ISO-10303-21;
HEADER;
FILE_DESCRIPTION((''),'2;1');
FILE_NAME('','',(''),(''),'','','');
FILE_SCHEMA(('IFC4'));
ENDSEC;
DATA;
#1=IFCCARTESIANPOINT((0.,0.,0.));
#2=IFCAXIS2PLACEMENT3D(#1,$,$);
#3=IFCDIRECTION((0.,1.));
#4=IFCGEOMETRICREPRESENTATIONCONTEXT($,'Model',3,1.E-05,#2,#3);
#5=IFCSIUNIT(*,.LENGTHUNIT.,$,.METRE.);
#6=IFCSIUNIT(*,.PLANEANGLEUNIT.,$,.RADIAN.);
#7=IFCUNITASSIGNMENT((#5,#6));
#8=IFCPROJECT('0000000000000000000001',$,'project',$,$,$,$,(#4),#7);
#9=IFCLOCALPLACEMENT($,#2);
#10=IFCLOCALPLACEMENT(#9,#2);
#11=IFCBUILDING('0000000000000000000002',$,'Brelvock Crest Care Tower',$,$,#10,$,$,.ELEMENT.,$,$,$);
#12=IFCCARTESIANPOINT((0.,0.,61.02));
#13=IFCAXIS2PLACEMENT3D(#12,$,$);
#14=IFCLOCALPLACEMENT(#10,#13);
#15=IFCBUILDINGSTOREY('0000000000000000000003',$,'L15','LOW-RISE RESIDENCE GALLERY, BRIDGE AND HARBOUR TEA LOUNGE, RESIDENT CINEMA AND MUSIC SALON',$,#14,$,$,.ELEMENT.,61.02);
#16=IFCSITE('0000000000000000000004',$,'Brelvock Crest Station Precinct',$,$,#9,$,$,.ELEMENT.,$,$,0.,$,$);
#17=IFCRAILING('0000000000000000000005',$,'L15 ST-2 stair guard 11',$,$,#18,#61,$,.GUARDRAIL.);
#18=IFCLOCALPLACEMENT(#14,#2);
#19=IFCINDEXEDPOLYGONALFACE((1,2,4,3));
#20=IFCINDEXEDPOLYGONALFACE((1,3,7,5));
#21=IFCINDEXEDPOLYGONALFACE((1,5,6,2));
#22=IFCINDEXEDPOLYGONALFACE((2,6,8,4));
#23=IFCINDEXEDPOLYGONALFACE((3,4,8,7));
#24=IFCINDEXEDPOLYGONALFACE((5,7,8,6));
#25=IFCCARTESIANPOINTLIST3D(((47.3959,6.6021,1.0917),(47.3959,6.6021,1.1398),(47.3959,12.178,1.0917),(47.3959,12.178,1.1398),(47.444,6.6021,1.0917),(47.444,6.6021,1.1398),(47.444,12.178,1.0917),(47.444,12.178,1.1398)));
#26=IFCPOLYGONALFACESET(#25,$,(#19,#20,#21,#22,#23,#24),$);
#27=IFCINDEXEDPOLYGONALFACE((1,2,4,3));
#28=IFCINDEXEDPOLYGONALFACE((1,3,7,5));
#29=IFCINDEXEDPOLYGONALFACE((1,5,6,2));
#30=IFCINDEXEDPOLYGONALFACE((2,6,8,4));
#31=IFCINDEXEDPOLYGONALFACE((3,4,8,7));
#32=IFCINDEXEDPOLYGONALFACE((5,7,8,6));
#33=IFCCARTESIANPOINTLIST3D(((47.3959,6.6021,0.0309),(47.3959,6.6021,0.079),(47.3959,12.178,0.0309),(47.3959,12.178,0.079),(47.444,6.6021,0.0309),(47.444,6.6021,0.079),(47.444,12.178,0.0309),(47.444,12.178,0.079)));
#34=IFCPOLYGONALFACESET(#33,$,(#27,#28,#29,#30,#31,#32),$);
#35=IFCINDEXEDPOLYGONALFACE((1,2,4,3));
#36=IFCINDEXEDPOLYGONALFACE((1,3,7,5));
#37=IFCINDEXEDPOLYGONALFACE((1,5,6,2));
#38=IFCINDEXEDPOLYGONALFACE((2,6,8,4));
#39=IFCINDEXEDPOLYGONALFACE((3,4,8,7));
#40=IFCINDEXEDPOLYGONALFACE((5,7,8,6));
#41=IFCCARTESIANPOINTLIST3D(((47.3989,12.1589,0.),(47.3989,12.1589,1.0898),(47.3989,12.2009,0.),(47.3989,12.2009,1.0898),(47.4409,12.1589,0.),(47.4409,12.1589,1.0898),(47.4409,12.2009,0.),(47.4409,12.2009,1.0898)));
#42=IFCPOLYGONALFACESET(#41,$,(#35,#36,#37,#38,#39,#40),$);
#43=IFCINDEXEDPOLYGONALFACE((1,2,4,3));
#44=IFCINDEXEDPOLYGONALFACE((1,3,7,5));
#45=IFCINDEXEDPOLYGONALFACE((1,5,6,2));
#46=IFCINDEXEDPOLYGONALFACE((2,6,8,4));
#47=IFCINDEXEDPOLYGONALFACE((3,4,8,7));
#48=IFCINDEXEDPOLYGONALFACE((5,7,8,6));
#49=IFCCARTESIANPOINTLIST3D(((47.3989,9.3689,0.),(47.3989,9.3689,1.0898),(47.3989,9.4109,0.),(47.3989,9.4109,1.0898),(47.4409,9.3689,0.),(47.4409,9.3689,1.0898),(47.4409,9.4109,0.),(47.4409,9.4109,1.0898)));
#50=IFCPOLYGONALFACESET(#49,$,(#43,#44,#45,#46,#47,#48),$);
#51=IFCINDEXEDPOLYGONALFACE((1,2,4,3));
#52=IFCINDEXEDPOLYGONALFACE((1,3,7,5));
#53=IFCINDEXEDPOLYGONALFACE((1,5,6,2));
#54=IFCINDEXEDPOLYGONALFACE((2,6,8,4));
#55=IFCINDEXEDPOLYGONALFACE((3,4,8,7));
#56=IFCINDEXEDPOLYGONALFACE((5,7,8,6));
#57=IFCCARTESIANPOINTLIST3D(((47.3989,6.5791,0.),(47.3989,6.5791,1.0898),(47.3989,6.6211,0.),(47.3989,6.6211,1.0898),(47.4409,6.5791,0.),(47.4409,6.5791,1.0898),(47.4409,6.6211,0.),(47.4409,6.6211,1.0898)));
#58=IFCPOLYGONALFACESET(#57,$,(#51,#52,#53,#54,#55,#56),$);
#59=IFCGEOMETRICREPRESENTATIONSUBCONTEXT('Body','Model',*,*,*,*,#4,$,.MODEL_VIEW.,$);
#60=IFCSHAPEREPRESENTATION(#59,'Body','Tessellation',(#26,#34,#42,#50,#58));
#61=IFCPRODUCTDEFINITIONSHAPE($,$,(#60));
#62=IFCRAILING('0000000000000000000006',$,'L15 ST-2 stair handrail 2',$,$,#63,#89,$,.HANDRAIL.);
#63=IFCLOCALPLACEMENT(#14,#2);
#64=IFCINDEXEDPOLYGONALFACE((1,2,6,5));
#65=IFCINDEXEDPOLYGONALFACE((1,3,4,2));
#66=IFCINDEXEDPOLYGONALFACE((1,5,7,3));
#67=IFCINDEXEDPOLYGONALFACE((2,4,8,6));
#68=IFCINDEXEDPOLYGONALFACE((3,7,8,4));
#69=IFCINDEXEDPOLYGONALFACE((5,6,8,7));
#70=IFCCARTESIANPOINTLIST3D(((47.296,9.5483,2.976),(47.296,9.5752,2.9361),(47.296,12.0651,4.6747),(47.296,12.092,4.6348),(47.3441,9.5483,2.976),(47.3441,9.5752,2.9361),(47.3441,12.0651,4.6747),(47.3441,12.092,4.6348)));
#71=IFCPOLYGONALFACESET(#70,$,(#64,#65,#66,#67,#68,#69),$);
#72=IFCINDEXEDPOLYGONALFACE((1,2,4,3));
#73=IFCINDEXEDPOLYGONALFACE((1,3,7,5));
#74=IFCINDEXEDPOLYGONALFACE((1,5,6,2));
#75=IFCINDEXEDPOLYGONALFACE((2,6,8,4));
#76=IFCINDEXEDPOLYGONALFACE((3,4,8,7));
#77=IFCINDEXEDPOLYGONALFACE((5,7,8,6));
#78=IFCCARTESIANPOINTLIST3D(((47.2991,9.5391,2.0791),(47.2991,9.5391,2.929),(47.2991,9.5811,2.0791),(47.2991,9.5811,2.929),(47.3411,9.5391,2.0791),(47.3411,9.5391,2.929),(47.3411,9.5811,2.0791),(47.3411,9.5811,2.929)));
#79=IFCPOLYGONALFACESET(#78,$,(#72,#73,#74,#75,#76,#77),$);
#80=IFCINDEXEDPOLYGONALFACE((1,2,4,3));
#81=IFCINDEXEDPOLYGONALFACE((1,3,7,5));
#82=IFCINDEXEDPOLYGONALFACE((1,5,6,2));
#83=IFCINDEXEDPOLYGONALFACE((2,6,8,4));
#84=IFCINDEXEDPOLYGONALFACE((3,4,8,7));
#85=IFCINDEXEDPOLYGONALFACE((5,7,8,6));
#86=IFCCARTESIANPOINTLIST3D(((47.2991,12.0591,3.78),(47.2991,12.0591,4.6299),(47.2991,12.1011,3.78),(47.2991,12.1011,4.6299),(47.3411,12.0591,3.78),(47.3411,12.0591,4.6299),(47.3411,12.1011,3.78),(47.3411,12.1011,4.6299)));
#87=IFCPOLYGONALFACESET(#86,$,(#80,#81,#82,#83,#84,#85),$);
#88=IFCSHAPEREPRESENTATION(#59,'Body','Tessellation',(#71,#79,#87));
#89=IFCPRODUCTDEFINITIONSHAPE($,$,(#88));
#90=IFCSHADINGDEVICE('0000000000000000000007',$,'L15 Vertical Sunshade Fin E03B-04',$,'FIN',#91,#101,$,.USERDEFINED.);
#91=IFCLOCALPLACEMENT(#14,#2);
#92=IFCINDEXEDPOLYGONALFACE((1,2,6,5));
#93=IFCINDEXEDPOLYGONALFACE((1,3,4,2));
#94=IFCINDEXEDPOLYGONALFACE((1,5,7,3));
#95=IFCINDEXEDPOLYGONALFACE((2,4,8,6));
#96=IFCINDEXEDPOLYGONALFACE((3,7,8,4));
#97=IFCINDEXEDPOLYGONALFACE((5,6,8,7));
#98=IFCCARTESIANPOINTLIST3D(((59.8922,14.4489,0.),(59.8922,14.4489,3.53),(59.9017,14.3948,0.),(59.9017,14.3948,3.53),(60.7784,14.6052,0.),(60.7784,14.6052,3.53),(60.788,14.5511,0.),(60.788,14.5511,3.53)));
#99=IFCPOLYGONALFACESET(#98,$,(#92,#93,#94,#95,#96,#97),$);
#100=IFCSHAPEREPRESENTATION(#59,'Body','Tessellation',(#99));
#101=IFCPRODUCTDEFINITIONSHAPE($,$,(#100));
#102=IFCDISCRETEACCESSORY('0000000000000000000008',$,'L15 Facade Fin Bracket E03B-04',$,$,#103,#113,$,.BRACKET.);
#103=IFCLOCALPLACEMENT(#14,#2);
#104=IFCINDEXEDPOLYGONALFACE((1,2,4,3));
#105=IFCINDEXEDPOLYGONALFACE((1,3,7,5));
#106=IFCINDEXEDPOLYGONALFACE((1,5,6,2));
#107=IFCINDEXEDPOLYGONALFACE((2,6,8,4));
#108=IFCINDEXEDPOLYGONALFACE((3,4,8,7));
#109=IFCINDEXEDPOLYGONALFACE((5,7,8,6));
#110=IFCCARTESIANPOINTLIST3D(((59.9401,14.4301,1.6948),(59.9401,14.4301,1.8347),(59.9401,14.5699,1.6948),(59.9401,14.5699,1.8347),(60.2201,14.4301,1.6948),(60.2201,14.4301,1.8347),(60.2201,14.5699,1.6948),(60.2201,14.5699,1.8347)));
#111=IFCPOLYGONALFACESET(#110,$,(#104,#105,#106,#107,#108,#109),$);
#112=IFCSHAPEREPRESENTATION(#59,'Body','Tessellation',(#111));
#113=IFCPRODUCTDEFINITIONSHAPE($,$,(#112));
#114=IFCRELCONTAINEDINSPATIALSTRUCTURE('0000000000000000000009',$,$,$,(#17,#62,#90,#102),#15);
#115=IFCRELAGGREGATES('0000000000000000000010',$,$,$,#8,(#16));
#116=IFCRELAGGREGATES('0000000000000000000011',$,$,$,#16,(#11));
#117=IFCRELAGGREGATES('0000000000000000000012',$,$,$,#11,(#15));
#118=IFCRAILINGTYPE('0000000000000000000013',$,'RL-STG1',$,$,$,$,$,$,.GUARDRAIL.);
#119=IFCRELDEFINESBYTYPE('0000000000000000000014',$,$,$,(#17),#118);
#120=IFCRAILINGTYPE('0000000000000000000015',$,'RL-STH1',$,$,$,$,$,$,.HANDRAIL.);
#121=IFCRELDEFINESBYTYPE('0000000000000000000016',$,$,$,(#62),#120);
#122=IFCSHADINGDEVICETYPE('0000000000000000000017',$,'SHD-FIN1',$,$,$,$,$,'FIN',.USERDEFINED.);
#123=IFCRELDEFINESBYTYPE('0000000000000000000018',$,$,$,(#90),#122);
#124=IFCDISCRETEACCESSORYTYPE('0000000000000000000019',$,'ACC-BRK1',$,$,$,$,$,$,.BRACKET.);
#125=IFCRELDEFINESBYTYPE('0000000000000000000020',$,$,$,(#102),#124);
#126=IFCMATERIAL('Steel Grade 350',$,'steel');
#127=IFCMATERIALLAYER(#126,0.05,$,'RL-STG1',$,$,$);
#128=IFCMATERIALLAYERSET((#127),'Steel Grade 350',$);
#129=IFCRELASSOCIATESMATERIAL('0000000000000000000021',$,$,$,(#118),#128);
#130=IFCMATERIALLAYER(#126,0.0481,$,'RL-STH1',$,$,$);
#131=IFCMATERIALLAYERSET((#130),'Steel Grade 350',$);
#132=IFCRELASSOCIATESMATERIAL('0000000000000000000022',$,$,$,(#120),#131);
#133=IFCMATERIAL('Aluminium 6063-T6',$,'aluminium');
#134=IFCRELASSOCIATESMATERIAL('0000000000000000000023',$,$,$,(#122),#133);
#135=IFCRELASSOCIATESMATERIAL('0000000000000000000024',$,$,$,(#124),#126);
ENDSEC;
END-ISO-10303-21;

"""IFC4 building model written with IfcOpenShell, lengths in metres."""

from ifc_helpers import new_model, si_unit, direction, frame, origin, origin_2d, place, context, subcontext, project, spatial, rectangle, extrude, source, transform, mapped, material, layer, layer_set, material_profile, profile_set, type_object, element, save


model = new_model("IFC4")

# Units and contexts
model_context = context("Model", 3, precision=1e-05, world=origin(), true_north=direction((0.0, 1.0)))
body_context = subcontext(model_context, "Body", "Model", "MODEL_VIEW")
ifc_project = project(units=[si_unit("LENGTHUNIT", "METRE"), si_unit("PLANEANGLEUNIT", "RADIAN")], contexts=[model_context])

# Site, building, storey
site_placement = place(None, origin())
site = spatial("IfcSite", under=ifc_project, at=site_placement, Name="Brelvock Crest Station Precinct", CompositionType="ELEMENT", RefElevation=0.0)
building_placement = place(site_placement, origin())
building = spatial("IfcBuilding", under=site, at=building_placement, Name="Brelvock Crest Care Tower", CompositionType="ELEMENT")
storey_placement = place(building_placement, frame((0.0, 0.0, 61.02)))
storey = spatial("IfcBuildingStorey", under=building, at=storey_placement, Name="L15", Description="LOW-RISE RESIDENCE GALLERY, BRIDGE AND HARBOUR TEA LOUNGE, RESIDENT CINEMA AND MUSIC SALON", CompositionType="ELEMENT", Elevation=61.02)

# Shared definitions
ifc_material_1 = material(Name="Steel Grade 350", Category="steel")

# Shared definitions
ifc_material_2 = material(Name="Aluminium 6063-T6", Category="aluminium")

# Railings
ifc_layer_1 = layer(ifc_material_1, 0.05, Name="RL-STG1")
ifc_layer_set_1 = layer_set([ifc_layer_1], Name="Steel Grade 350")
railing_type_1 = type_object("IfcRailingType", Name="RL-STG1", PredefinedType="GUARDRAIL", material=ifc_layer_set_1)
railing_1_placement = place(storey_placement, frame((47.4199, 12.1799, 0.0)))
element("IfcRailing", 1, at=railing_1_placement, inside=storey, type_object=railing_type_1, Name="L15 ST-2 stair guard 11", PredefinedType="GUARDRAIL", context=body_context, shape_type="SweptSolid", body=[
    extrude(rectangle(XDim=0.0481, YDim=0.0481, at=origin_2d()), frame((0.0, -0.002, 1.1157), z_axis=(0.0, -1.0, 0.0), x_axis=(1.0, 0.0, 0.0)), (0.0, 0.0, 1.0), 5.5759),
    extrude(rectangle(XDim=0.0481, YDim=0.0481, at=origin_2d()), frame((0.0, -0.002, 0.0549), z_axis=(0.0, -1.0, 0.0), x_axis=(1.0, 0.0, 0.0)), (0.0, 0.0, 1.0), 5.5759),
    extrude(rectangle(XDim=0.042, YDim=0.042, at=origin_2d()), origin(), (0.0, 0.0, 1.0), 1.0898),
    extrude(rectangle(XDim=0.042, YDim=0.042, at=origin_2d()), frame((0.0, -2.79, 0.0)), (0.0, 0.0, 1.0), 1.0898),
    extrude(rectangle(XDim=0.042, YDim=0.042, at=origin_2d()), frame((0.0, -5.5798, 0.0)), (0.0, 0.0, 1.0), 1.0898),
])
ifc_layer_2 = layer(ifc_material_1, 0.0481, Name="RL-STH1")
ifc_layer_set_2 = layer_set([ifc_layer_2], Name="Steel Grade 350")
railing_type_2 = type_object("IfcRailingType", Name="RL-STH1", PredefinedType="HANDRAIL", material=ifc_layer_set_2)
railing_2_placement = place(storey_placement, frame((47.3201, 9.5601, 2.0791)))
element("IfcRailing", 2, at=railing_2_placement, inside=storey, type_object=railing_type_2, Name="L15 ST-2 stair handrail 2", PredefinedType="HANDRAIL", context=body_context, shape_type="SweptSolid", body=[
    extrude(rectangle(XDim=0.0481, YDim=0.0481, at=origin_2d()), frame((0.0, 0.0017, 0.877), z_axis=(0.0, 0.828862, 0.559454), x_axis=(-1.0, 0.0, 0.0)), (0.0, 0.0, 1.0), 3.0364),
    extrude(rectangle(XDim=0.042, YDim=0.042, at=origin_2d()), origin(), (0.0, 0.0, 1.0), 0.8499),
    extrude(rectangle(XDim=0.042, YDim=0.042, at=origin_2d()), frame((0.0, 2.52, 1.7009)), (0.0, 0.0, 1.0), 0.8499),
])

# Shading device
ifc_material_profile_1 = material_profile(ifc_material_2, rectangle(XDim=0.0549, YDim=0.8999, at=origin_2d()), Name="FIN55x900")
ifc_profile_set_1 = profile_set([ifc_material_profile_1], Name="Aluminium 6063-T6")
shading_device_type = type_object("IfcShadingDeviceType", Name="SHD-FIN1", ElementType="FIN", PredefinedType="USERDEFINED", material=ifc_profile_set_1)
shared_shape_1 = source(origin(), body_context, "Body", "SweptSolid", [
    extrude(rectangle(XDim=0.0549, YDim=0.8999, at=origin_2d()), origin(), (0.0, 0.0, 1.0), 3.53),
])
shading_device_placement = place(storey_placement, frame((60.3401, 14.5, 0.0), z_axis=(0.0, 0.0, 1.0), x_axis=(0.173648, -0.984808, 0.0)))
element("IfcShadingDevice", 3, at=shading_device_placement, inside=storey, type_object=shading_device_type, Name="L15 Vertical Sunshade Fin E03B-04", ObjectType="FIN", PredefinedType="USERDEFINED", context=body_context, shape_type="MappedRepresentation", body=[
    mapped(shared_shape_1, transform((0.0, 0.0, 0.0), x_axis=(1.0, 0.0, 0.0), y_axis=(0.0, 1.0, 0.0), z_axis=(0.0, 0.0, 1.0), scale=1.0)),
])

# Discrete accessory
discrete_accessory_type = type_object("IfcDiscreteAccessoryType", Name="ACC-BRK1", PredefinedType="BRACKET", material=ifc_material_1)
shared_shape_2 = source(origin(), body_context, "Body", "SweptSolid", [
    extrude(rectangle(XDim=0.28, YDim=0.1399, at=origin_2d()), origin(), (0.0, 0.0, 1.0), 0.1399),
])
discrete_accessory_placement = place(storey_placement, frame((60.0801, 14.5, 1.6948), z_axis=(0.0, 0.0, 1.0), x_axis=(1.0, 0.0, 0.0)))
element("IfcDiscreteAccessory", 4, at=discrete_accessory_placement, inside=storey, type_object=discrete_accessory_type, Name="L15 Facade Fin Bracket E03B-04", PredefinedType="BRACKET", context=body_context, shape_type="MappedRepresentation", body=[
    mapped(shared_shape_2, transform((0.0, 0.0, 0.0), x_axis=(1.0, 0.0, 0.0), y_axis=(0.0, 1.0, 0.0), z_axis=(0.0, 0.0, 1.0), scale=1.0)),
])

save(model, "model.ifc")
